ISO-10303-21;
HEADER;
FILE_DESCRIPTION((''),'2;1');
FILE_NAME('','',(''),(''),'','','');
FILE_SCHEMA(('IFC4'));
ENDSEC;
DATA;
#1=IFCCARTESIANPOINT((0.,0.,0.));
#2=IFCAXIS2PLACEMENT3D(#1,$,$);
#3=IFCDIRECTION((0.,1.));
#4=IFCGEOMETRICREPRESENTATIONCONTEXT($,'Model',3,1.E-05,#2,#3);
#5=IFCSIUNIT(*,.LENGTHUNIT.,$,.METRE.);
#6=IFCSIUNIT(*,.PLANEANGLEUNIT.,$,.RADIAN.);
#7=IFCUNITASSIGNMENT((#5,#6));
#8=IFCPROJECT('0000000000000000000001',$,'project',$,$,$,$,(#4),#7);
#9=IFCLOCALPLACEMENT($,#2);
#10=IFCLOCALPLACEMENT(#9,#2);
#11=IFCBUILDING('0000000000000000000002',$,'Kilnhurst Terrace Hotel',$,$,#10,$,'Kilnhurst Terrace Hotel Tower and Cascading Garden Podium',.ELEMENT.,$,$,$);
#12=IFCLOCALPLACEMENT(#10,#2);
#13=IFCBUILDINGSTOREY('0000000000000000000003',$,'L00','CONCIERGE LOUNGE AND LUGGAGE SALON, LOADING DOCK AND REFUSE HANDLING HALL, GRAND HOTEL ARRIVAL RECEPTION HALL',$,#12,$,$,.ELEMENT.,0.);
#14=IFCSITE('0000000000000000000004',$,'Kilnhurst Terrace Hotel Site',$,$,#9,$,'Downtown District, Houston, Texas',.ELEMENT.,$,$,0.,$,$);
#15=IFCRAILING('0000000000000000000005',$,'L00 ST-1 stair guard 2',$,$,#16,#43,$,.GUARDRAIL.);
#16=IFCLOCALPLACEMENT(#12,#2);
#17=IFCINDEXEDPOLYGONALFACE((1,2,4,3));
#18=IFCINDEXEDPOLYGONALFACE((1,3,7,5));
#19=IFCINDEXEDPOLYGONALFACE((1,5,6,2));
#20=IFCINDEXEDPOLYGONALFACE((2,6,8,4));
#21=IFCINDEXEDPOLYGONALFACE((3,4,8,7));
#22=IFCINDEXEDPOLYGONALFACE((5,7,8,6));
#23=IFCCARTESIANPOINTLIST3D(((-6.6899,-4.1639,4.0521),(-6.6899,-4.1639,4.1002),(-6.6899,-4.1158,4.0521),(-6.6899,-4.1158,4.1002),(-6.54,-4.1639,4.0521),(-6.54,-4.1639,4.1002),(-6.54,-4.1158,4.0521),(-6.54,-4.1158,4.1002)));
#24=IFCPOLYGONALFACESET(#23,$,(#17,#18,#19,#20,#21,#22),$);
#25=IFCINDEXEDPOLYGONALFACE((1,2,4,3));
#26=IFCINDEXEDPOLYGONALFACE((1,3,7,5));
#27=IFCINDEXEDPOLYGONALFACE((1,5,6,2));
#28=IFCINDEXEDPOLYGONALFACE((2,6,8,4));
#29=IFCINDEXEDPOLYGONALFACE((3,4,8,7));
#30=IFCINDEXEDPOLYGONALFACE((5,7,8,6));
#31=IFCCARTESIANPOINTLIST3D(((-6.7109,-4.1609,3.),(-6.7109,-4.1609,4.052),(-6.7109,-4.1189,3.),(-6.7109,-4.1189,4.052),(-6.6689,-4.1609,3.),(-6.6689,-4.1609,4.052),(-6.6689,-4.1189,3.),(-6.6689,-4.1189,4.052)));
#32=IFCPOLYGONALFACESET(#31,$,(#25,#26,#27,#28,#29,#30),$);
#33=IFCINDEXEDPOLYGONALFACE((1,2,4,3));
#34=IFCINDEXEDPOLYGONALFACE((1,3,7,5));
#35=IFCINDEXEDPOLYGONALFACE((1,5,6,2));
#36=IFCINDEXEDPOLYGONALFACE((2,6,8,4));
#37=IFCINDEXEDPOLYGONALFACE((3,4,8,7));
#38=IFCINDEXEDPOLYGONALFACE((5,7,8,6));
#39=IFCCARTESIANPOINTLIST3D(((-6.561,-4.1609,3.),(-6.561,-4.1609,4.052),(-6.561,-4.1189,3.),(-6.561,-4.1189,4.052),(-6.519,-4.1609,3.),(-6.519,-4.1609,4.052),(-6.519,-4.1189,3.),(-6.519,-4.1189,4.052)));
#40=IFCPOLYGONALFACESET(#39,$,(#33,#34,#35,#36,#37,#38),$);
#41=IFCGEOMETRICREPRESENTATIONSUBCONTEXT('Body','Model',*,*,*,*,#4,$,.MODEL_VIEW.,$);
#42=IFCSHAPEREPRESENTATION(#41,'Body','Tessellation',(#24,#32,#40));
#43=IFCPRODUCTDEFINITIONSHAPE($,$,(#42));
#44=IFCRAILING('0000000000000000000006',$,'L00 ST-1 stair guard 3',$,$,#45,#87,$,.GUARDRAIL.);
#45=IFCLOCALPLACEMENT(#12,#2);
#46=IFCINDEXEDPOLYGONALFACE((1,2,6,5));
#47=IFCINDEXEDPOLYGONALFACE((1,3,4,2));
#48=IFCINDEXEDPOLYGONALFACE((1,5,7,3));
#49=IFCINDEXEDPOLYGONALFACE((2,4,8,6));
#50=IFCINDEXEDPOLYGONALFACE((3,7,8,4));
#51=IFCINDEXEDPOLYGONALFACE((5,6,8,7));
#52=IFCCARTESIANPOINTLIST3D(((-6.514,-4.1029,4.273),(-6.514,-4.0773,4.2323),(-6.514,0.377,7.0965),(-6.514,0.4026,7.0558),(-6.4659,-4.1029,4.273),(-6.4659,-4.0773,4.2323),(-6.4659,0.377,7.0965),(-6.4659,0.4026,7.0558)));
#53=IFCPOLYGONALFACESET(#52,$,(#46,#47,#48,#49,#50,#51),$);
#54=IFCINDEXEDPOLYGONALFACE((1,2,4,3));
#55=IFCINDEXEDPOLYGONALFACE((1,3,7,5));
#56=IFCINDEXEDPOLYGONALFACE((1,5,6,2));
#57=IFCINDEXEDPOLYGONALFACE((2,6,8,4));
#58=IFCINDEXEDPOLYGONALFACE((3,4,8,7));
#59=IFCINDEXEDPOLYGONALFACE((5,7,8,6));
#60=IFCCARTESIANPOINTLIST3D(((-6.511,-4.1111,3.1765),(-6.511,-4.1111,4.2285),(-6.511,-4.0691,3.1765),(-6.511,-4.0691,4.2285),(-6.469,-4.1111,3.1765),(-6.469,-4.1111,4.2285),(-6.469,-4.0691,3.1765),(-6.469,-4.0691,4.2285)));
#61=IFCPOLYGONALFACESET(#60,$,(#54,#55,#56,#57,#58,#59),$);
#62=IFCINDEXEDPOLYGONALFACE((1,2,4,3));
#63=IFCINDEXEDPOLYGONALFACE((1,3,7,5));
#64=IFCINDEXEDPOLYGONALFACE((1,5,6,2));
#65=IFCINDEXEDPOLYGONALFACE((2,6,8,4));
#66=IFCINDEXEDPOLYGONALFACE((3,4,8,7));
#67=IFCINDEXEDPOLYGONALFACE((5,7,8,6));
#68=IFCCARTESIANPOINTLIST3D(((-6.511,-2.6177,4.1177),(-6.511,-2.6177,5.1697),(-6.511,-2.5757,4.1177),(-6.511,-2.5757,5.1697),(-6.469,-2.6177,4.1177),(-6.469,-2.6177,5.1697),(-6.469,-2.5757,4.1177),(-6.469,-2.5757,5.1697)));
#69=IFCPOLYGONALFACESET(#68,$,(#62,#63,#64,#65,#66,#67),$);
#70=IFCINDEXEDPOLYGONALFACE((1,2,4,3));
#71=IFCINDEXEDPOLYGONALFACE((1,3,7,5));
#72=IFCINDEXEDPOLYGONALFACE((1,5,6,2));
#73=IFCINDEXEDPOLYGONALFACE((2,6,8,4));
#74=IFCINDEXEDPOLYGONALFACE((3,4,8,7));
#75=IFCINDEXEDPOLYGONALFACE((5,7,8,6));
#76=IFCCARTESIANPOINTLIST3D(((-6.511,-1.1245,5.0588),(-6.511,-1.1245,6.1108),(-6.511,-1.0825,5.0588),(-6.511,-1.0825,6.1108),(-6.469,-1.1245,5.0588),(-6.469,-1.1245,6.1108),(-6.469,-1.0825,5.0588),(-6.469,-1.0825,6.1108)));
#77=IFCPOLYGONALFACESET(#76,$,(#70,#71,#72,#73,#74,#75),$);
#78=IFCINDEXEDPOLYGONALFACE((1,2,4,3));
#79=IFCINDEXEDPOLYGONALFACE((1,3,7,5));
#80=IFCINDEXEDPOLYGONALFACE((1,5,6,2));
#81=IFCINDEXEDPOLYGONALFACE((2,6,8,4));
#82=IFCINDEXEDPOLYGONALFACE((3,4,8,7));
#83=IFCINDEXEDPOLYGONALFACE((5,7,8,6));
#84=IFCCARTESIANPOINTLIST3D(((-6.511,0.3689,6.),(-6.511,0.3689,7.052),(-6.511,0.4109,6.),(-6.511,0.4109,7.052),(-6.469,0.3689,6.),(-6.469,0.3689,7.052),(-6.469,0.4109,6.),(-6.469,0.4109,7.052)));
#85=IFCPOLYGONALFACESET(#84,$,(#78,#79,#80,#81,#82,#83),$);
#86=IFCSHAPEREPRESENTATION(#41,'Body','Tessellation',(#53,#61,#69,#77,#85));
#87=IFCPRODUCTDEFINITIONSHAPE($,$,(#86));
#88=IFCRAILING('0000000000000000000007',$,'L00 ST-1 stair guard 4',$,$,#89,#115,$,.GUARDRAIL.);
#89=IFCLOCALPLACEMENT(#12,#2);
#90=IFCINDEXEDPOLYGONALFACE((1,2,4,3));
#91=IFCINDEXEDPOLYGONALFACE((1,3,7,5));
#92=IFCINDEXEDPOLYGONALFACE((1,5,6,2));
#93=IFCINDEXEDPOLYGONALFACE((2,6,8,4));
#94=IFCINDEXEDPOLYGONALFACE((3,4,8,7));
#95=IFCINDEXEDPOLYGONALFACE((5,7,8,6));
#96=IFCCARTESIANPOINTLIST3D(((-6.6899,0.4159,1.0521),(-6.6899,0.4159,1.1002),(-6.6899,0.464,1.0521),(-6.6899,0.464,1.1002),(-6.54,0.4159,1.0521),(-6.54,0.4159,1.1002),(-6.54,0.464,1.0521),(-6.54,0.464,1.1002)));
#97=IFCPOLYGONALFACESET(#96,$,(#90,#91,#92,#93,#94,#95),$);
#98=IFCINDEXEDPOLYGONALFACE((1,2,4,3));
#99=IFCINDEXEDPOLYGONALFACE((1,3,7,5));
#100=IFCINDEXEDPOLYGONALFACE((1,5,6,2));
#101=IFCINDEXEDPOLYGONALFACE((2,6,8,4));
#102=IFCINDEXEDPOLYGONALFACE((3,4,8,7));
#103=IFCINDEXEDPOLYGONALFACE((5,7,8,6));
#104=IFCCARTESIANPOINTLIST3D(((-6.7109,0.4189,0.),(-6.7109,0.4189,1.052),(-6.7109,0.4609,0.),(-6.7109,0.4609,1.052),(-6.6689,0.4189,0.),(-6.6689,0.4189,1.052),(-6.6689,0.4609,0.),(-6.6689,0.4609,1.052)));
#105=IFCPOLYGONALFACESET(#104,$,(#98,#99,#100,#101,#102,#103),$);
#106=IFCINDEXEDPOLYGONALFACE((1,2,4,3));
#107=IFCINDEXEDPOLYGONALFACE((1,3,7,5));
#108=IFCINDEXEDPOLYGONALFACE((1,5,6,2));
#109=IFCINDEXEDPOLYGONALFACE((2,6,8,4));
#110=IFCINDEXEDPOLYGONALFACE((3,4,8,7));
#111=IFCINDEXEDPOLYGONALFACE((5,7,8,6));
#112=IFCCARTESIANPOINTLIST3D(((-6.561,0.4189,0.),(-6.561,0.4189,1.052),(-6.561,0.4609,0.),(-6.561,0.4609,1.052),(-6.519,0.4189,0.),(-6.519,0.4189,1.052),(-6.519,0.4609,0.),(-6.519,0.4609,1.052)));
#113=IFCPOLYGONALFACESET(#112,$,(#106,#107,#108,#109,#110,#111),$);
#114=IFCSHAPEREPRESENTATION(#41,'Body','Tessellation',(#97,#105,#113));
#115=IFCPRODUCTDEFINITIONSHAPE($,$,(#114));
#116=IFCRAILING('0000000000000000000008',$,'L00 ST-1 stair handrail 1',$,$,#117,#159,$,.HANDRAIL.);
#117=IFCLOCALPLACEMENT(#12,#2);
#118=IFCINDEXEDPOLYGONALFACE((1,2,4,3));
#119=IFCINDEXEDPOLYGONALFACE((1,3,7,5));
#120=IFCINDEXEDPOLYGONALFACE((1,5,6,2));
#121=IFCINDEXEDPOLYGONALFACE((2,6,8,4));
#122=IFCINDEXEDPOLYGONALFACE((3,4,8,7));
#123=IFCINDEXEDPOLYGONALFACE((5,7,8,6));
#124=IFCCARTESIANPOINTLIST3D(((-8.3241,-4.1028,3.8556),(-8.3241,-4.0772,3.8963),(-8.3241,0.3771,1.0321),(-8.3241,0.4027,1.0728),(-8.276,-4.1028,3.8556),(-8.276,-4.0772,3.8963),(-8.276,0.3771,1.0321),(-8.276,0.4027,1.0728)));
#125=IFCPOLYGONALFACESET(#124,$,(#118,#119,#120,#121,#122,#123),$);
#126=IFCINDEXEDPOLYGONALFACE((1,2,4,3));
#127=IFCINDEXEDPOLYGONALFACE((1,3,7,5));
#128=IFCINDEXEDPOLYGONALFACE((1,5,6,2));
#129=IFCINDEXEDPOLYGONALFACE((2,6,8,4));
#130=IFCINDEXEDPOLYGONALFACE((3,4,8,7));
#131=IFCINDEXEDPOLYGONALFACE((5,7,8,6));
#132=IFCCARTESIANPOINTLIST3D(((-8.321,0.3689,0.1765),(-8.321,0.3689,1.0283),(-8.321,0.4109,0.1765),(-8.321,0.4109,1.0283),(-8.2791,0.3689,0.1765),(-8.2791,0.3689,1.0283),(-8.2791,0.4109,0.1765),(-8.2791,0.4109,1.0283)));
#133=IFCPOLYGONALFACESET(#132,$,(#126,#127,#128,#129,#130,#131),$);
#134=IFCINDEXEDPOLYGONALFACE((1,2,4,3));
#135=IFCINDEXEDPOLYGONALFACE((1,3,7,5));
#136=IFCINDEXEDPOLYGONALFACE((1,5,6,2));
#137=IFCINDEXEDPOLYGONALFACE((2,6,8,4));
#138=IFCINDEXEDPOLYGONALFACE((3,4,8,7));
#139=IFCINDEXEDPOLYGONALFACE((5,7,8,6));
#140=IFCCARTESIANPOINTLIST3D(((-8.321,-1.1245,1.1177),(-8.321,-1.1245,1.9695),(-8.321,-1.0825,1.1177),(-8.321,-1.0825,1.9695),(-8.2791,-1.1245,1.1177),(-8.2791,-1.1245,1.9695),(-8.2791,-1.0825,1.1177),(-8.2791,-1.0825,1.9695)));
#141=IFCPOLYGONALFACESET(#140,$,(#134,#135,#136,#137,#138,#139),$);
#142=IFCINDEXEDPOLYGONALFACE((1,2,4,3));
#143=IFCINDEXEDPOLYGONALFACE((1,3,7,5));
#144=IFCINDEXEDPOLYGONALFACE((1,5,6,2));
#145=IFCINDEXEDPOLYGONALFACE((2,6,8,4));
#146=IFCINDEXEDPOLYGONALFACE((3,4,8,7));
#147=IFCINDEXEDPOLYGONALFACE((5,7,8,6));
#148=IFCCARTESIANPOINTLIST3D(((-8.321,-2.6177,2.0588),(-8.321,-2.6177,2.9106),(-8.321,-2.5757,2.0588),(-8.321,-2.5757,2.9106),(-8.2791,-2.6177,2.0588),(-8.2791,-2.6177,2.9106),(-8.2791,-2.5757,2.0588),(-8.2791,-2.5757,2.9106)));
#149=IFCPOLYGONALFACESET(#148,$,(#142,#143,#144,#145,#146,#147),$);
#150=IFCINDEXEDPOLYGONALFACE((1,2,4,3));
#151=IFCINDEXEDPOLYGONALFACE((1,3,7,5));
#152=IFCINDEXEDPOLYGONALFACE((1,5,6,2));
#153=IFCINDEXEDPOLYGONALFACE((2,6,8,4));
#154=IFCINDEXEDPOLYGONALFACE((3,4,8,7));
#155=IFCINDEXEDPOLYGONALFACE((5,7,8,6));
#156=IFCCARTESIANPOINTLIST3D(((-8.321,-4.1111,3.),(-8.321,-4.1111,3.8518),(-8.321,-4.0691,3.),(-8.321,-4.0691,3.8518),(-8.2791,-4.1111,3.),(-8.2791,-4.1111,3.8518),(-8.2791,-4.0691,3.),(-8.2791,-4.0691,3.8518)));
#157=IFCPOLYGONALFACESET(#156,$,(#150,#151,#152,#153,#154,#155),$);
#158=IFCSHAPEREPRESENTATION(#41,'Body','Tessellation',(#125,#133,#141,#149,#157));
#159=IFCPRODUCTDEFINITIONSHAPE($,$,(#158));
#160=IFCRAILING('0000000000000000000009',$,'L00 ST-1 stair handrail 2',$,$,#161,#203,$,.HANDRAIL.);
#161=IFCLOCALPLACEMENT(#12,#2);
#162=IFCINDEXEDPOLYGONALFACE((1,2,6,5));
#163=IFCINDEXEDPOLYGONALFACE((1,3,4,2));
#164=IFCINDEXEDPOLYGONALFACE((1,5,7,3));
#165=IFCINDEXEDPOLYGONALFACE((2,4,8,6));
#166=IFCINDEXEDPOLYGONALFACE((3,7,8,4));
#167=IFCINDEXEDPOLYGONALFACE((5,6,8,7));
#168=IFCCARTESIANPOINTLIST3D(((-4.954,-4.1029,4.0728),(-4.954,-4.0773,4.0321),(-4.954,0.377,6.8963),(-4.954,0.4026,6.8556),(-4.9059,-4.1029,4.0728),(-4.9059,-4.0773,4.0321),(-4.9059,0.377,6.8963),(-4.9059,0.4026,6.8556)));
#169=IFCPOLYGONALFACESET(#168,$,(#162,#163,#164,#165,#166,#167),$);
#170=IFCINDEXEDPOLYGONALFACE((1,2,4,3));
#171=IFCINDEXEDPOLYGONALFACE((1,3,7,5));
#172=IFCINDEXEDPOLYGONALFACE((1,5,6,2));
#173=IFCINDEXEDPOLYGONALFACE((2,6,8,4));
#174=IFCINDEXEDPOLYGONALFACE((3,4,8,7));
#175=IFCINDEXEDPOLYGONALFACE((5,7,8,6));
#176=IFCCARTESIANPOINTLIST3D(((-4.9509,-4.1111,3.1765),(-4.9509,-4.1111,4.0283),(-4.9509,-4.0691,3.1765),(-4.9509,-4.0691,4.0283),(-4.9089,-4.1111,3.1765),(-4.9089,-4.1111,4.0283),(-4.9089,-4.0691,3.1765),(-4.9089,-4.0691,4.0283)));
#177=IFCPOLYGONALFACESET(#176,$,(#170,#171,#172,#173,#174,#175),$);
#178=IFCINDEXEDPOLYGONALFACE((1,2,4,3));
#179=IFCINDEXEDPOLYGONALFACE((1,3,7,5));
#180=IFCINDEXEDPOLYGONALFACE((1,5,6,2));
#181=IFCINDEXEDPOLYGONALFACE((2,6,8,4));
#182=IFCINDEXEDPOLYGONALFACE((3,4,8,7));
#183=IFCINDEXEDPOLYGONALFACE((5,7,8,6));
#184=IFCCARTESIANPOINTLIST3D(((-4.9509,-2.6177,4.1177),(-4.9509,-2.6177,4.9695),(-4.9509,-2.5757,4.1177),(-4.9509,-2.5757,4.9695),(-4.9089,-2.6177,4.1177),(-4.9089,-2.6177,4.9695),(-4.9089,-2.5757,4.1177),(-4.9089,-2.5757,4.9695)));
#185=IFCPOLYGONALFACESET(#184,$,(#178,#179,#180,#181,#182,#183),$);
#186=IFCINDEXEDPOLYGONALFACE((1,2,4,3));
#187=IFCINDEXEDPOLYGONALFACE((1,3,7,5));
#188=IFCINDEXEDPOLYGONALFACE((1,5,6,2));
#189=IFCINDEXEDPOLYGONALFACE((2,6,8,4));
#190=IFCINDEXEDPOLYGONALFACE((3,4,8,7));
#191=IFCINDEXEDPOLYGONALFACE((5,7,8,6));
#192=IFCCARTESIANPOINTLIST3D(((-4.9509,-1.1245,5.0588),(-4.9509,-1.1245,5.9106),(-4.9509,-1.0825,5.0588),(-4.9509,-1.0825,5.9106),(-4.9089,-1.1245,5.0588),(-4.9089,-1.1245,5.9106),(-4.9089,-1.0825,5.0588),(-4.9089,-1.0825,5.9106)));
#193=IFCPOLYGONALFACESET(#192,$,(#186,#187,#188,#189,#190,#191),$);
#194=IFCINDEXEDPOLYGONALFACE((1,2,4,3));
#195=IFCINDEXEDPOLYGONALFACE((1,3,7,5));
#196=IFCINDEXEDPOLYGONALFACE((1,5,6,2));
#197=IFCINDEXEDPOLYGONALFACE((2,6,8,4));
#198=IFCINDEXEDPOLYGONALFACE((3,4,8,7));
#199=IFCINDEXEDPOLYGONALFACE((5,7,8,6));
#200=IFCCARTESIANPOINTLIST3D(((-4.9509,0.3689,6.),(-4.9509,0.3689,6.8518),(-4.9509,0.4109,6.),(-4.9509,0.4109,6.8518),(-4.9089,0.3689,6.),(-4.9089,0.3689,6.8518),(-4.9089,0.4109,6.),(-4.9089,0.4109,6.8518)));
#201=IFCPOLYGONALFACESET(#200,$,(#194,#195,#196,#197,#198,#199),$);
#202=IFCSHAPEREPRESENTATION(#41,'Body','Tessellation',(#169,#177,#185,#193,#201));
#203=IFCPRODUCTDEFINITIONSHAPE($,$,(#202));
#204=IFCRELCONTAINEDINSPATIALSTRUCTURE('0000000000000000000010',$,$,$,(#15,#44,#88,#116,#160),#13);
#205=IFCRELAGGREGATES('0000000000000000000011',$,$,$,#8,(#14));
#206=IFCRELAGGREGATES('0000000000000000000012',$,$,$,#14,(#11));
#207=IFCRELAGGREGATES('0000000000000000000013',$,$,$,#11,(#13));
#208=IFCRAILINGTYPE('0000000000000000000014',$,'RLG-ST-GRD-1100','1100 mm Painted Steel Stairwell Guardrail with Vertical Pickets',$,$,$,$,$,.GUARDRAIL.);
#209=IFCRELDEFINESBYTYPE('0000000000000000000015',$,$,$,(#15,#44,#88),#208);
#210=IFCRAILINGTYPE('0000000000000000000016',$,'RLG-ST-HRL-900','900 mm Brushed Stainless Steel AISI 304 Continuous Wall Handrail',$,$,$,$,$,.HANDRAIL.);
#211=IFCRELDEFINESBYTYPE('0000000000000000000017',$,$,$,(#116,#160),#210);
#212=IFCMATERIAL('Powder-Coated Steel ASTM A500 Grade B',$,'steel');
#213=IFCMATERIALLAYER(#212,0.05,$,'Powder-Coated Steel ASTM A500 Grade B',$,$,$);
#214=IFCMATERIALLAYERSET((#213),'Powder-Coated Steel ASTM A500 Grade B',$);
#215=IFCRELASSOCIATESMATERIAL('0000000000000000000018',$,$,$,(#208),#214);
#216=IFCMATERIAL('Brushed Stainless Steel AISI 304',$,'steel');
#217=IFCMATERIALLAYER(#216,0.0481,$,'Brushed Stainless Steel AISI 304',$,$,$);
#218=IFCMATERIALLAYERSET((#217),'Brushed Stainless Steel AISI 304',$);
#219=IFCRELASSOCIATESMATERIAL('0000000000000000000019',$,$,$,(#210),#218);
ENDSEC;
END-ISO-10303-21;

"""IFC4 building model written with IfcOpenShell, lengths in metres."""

from ifc_helpers import new_model, si_unit, direction, frame, origin, origin_2d, place, context, subcontext, project, spatial, rectangle, extrude, material, layer, layer_set, type_object, element, save


model = new_model("IFC4")

# Units and contexts
model_context = context("Model", 3, precision=1e-05, world=origin(), true_north=direction((0.0, 1.0)))
body_context = subcontext(model_context, "Body", "Model", "MODEL_VIEW")
ifc_project = project(units=[si_unit("LENGTHUNIT", "METRE"), si_unit("PLANEANGLEUNIT", "RADIAN")], contexts=[model_context])

# Site, building, storey
site_placement = place(None, origin())
site = spatial("IfcSite", under=ifc_project, at=site_placement, Name="Kilnhurst Terrace Hotel Site", LongName="Downtown District, Houston, Texas", CompositionType="ELEMENT", RefElevation=0.0)
building_placement = place(site_placement, origin())
building = spatial("IfcBuilding", under=site, at=building_placement, Name="Kilnhurst Terrace Hotel", LongName="Kilnhurst Terrace Hotel Tower and Cascading Garden Podium", CompositionType="ELEMENT")
storey_placement = place(building_placement, origin())
storey = spatial("IfcBuildingStorey", under=building, at=storey_placement, Name="L00", Description="CONCIERGE LOUNGE AND LUGGAGE SALON, LOADING DOCK AND REFUSE HANDLING HALL, GRAND HOTEL ARRIVAL RECEPTION HALL", CompositionType="ELEMENT", Elevation=0.0)

# Railings
ifc_material_1 = material(Name="Powder-Coated Steel ASTM A500 Grade B", Category="steel")
ifc_layer_1 = layer(ifc_material_1, 0.05, Name="Powder-Coated Steel ASTM A500 Grade B")
ifc_layer_set_1 = layer_set([ifc_layer_1], Name="Powder-Coated Steel ASTM A500 Grade B")
railing_type_1 = type_object("IfcRailingType", Name="RLG-ST-GRD-1100", Description="1100 mm Painted Steel Stairwell Guardrail with Vertical Pickets", PredefinedType="GUARDRAIL", material=ifc_layer_set_1)
railing_1_placement = place(storey_placement, frame((-6.6899, -4.1399, 3.0)))
element("IfcRailing", 1, at=railing_1_placement, inside=storey, type_object=railing_type_1, Name="L00 ST-1 stair guard 2", PredefinedType="GUARDRAIL", context=body_context, shape_type="SweptSolid", body=[
    extrude(rectangle(XDim=0.0481, YDim=0.0481, at=origin_2d()), frame((0.0, 0.0, 1.0762), z_axis=(1.0, 0.0, 0.0), x_axis=(0.0, 1.0, 0.0)), (0.0, 0.0, 1.0), 0.1499),
    extrude(rectangle(XDim=0.042, YDim=0.042, at=origin_2d()), origin(), (0.0, 0.0, 1.0), 1.052),
    extrude(rectangle(XDim=0.042, YDim=0.042, at=origin_2d()), frame((0.1499, 0.0, 0.0)), (0.0, 0.0, 1.0), 1.052),
])
railing_2_placement = place(storey_placement, frame((-6.49, -4.0901, 3.1765)))
element("IfcRailing", 2, at=railing_2_placement, inside=storey, type_object=railing_type_1, Name="L00 ST-1 stair guard 3", PredefinedType="GUARDRAIL", context=body_context, shape_type="SweptSolid", body=[
    extrude(rectangle(XDim=0.0481, YDim=0.0481, at=origin_2d()), frame((0.0, 0.0, 1.0762), z_axis=(0.0, 0.845998, 0.533186), x_axis=(-1.0, 0.0, 0.0)), (0.0, 0.0, 1.0), 5.2954),
    extrude(rectangle(XDim=0.042, YDim=0.042, at=origin_2d()), origin(), (0.0, 0.0, 1.0), 1.052),
    extrude(rectangle(XDim=0.042, YDim=0.042, at=origin_2d()), frame((0.0, 1.4934, 0.9412)), (0.0, 0.0, 1.0), 1.052),
    extrude(rectangle(XDim=0.042, YDim=0.042, at=origin_2d()), frame((0.0, 2.9866, 1.8823)), (0.0, 0.0, 1.0), 1.052),
    extrude(rectangle(XDim=0.042, YDim=0.042, at=origin_2d()), frame((0.0, 4.48, 2.8235)), (0.0, 0.0, 1.0), 1.052),
])
railing_3_placement = place(storey_placement, frame((-6.6899, 0.4399, 0.0)))
element("IfcRailing", 3, at=railing_3_placement, inside=storey, type_object=railing_type_1, Name="L00 ST-1 stair guard 4", PredefinedType="GUARDRAIL", context=body_context, shape_type="SweptSolid", body=[
    extrude(rectangle(XDim=0.0481, YDim=0.0481, at=origin_2d()), frame((0.0, 0.0, 1.0762), z_axis=(1.0, 0.0, 0.0), x_axis=(0.0, 1.0, 0.0)), (0.0, 0.0, 1.0), 0.1499),
    extrude(rectangle(XDim=0.042, YDim=0.042, at=origin_2d()), origin(), (0.0, 0.0, 1.0), 1.052),
    extrude(rectangle(XDim=0.042, YDim=0.042, at=origin_2d()), frame((0.1499, 0.0, 0.0)), (0.0, 0.0, 1.0), 1.052),
])
ifc_material_2 = material(Name="Brushed Stainless Steel AISI 304", Category="steel")
ifc_layer_2 = layer(ifc_material_2, 0.0481, Name="Brushed Stainless Steel AISI 304")
ifc_layer_set_2 = layer_set([ifc_layer_2], Name="Brushed Stainless Steel AISI 304")
railing_type_2 = type_object("IfcRailingType", Name="RLG-ST-HRL-900", Description="900 mm Brushed Stainless Steel AISI 304 Continuous Wall Handrail", PredefinedType="HANDRAIL", material=ifc_layer_set_2)
railing_4_placement = place(storey_placement, frame((-8.3, 0.3899, 0.1765)))
element("IfcRailing", 4, at=railing_4_placement, inside=storey, type_object=railing_type_2, Name="L00 ST-1 stair handrail 1", PredefinedType="HANDRAIL", context=body_context, shape_type="SweptSolid", body=[
    extrude(rectangle(XDim=0.0481, YDim=0.0481, at=origin_2d()), frame((0.0, 0.0, 0.876), z_axis=(0.0, -0.845998, 0.533186), x_axis=(1.0, 0.0, 0.0)), (0.0, 0.0, 1.0), 5.2954),
    extrude(rectangle(XDim=0.042, YDim=0.042, at=origin_2d()), origin(), (0.0, 0.0, 1.0), 0.8518),
    extrude(rectangle(XDim=0.042, YDim=0.042, at=origin_2d()), frame((0.0, -1.4934, 0.9412)), (0.0, 0.0, 1.0), 0.8518),
    extrude(rectangle(XDim=0.042, YDim=0.042, at=origin_2d()), frame((0.0, -2.9866, 1.8823)), (0.0, 0.0, 1.0), 0.8518),
    extrude(rectangle(XDim=0.042, YDim=0.042, at=origin_2d()), frame((0.0, -4.48, 2.8235)), (0.0, 0.0, 1.0), 0.8518),
])
railing_5_placement = place(storey_placement, frame((-4.9299, -4.0901, 3.1765)))
element("IfcRailing", 5, at=railing_5_placement, inside=storey, type_object=railing_type_2, Name="L00 ST-1 stair handrail 2", PredefinedType="HANDRAIL", context=body_context, shape_type="SweptSolid", body=[
    extrude(rectangle(XDim=0.0481, YDim=0.0481, at=origin_2d()), frame((0.0, 0.0, 0.876), z_axis=(0.0, 0.845998, 0.533186), x_axis=(-1.0, 0.0, 0.0)), (0.0, 0.0, 1.0), 5.2954),
    extrude(rectangle(XDim=0.042, YDim=0.042, at=origin_2d()), origin(), (0.0, 0.0, 1.0), 0.8518),
    extrude(rectangle(XDim=0.042, YDim=0.042, at=origin_2d()), frame((0.0, 1.4934, 0.9412)), (0.0, 0.0, 1.0), 0.8518),
    extrude(rectangle(XDim=0.042, YDim=0.042, at=origin_2d()), frame((0.0, 2.9866, 1.8823)), (0.0, 0.0, 1.0), 0.8518),
    extrude(rectangle(XDim=0.042, YDim=0.042, at=origin_2d()), frame((0.0, 4.48, 2.8235)), (0.0, 0.0, 1.0), 0.8518),
])

save(model, "model.ifc")
